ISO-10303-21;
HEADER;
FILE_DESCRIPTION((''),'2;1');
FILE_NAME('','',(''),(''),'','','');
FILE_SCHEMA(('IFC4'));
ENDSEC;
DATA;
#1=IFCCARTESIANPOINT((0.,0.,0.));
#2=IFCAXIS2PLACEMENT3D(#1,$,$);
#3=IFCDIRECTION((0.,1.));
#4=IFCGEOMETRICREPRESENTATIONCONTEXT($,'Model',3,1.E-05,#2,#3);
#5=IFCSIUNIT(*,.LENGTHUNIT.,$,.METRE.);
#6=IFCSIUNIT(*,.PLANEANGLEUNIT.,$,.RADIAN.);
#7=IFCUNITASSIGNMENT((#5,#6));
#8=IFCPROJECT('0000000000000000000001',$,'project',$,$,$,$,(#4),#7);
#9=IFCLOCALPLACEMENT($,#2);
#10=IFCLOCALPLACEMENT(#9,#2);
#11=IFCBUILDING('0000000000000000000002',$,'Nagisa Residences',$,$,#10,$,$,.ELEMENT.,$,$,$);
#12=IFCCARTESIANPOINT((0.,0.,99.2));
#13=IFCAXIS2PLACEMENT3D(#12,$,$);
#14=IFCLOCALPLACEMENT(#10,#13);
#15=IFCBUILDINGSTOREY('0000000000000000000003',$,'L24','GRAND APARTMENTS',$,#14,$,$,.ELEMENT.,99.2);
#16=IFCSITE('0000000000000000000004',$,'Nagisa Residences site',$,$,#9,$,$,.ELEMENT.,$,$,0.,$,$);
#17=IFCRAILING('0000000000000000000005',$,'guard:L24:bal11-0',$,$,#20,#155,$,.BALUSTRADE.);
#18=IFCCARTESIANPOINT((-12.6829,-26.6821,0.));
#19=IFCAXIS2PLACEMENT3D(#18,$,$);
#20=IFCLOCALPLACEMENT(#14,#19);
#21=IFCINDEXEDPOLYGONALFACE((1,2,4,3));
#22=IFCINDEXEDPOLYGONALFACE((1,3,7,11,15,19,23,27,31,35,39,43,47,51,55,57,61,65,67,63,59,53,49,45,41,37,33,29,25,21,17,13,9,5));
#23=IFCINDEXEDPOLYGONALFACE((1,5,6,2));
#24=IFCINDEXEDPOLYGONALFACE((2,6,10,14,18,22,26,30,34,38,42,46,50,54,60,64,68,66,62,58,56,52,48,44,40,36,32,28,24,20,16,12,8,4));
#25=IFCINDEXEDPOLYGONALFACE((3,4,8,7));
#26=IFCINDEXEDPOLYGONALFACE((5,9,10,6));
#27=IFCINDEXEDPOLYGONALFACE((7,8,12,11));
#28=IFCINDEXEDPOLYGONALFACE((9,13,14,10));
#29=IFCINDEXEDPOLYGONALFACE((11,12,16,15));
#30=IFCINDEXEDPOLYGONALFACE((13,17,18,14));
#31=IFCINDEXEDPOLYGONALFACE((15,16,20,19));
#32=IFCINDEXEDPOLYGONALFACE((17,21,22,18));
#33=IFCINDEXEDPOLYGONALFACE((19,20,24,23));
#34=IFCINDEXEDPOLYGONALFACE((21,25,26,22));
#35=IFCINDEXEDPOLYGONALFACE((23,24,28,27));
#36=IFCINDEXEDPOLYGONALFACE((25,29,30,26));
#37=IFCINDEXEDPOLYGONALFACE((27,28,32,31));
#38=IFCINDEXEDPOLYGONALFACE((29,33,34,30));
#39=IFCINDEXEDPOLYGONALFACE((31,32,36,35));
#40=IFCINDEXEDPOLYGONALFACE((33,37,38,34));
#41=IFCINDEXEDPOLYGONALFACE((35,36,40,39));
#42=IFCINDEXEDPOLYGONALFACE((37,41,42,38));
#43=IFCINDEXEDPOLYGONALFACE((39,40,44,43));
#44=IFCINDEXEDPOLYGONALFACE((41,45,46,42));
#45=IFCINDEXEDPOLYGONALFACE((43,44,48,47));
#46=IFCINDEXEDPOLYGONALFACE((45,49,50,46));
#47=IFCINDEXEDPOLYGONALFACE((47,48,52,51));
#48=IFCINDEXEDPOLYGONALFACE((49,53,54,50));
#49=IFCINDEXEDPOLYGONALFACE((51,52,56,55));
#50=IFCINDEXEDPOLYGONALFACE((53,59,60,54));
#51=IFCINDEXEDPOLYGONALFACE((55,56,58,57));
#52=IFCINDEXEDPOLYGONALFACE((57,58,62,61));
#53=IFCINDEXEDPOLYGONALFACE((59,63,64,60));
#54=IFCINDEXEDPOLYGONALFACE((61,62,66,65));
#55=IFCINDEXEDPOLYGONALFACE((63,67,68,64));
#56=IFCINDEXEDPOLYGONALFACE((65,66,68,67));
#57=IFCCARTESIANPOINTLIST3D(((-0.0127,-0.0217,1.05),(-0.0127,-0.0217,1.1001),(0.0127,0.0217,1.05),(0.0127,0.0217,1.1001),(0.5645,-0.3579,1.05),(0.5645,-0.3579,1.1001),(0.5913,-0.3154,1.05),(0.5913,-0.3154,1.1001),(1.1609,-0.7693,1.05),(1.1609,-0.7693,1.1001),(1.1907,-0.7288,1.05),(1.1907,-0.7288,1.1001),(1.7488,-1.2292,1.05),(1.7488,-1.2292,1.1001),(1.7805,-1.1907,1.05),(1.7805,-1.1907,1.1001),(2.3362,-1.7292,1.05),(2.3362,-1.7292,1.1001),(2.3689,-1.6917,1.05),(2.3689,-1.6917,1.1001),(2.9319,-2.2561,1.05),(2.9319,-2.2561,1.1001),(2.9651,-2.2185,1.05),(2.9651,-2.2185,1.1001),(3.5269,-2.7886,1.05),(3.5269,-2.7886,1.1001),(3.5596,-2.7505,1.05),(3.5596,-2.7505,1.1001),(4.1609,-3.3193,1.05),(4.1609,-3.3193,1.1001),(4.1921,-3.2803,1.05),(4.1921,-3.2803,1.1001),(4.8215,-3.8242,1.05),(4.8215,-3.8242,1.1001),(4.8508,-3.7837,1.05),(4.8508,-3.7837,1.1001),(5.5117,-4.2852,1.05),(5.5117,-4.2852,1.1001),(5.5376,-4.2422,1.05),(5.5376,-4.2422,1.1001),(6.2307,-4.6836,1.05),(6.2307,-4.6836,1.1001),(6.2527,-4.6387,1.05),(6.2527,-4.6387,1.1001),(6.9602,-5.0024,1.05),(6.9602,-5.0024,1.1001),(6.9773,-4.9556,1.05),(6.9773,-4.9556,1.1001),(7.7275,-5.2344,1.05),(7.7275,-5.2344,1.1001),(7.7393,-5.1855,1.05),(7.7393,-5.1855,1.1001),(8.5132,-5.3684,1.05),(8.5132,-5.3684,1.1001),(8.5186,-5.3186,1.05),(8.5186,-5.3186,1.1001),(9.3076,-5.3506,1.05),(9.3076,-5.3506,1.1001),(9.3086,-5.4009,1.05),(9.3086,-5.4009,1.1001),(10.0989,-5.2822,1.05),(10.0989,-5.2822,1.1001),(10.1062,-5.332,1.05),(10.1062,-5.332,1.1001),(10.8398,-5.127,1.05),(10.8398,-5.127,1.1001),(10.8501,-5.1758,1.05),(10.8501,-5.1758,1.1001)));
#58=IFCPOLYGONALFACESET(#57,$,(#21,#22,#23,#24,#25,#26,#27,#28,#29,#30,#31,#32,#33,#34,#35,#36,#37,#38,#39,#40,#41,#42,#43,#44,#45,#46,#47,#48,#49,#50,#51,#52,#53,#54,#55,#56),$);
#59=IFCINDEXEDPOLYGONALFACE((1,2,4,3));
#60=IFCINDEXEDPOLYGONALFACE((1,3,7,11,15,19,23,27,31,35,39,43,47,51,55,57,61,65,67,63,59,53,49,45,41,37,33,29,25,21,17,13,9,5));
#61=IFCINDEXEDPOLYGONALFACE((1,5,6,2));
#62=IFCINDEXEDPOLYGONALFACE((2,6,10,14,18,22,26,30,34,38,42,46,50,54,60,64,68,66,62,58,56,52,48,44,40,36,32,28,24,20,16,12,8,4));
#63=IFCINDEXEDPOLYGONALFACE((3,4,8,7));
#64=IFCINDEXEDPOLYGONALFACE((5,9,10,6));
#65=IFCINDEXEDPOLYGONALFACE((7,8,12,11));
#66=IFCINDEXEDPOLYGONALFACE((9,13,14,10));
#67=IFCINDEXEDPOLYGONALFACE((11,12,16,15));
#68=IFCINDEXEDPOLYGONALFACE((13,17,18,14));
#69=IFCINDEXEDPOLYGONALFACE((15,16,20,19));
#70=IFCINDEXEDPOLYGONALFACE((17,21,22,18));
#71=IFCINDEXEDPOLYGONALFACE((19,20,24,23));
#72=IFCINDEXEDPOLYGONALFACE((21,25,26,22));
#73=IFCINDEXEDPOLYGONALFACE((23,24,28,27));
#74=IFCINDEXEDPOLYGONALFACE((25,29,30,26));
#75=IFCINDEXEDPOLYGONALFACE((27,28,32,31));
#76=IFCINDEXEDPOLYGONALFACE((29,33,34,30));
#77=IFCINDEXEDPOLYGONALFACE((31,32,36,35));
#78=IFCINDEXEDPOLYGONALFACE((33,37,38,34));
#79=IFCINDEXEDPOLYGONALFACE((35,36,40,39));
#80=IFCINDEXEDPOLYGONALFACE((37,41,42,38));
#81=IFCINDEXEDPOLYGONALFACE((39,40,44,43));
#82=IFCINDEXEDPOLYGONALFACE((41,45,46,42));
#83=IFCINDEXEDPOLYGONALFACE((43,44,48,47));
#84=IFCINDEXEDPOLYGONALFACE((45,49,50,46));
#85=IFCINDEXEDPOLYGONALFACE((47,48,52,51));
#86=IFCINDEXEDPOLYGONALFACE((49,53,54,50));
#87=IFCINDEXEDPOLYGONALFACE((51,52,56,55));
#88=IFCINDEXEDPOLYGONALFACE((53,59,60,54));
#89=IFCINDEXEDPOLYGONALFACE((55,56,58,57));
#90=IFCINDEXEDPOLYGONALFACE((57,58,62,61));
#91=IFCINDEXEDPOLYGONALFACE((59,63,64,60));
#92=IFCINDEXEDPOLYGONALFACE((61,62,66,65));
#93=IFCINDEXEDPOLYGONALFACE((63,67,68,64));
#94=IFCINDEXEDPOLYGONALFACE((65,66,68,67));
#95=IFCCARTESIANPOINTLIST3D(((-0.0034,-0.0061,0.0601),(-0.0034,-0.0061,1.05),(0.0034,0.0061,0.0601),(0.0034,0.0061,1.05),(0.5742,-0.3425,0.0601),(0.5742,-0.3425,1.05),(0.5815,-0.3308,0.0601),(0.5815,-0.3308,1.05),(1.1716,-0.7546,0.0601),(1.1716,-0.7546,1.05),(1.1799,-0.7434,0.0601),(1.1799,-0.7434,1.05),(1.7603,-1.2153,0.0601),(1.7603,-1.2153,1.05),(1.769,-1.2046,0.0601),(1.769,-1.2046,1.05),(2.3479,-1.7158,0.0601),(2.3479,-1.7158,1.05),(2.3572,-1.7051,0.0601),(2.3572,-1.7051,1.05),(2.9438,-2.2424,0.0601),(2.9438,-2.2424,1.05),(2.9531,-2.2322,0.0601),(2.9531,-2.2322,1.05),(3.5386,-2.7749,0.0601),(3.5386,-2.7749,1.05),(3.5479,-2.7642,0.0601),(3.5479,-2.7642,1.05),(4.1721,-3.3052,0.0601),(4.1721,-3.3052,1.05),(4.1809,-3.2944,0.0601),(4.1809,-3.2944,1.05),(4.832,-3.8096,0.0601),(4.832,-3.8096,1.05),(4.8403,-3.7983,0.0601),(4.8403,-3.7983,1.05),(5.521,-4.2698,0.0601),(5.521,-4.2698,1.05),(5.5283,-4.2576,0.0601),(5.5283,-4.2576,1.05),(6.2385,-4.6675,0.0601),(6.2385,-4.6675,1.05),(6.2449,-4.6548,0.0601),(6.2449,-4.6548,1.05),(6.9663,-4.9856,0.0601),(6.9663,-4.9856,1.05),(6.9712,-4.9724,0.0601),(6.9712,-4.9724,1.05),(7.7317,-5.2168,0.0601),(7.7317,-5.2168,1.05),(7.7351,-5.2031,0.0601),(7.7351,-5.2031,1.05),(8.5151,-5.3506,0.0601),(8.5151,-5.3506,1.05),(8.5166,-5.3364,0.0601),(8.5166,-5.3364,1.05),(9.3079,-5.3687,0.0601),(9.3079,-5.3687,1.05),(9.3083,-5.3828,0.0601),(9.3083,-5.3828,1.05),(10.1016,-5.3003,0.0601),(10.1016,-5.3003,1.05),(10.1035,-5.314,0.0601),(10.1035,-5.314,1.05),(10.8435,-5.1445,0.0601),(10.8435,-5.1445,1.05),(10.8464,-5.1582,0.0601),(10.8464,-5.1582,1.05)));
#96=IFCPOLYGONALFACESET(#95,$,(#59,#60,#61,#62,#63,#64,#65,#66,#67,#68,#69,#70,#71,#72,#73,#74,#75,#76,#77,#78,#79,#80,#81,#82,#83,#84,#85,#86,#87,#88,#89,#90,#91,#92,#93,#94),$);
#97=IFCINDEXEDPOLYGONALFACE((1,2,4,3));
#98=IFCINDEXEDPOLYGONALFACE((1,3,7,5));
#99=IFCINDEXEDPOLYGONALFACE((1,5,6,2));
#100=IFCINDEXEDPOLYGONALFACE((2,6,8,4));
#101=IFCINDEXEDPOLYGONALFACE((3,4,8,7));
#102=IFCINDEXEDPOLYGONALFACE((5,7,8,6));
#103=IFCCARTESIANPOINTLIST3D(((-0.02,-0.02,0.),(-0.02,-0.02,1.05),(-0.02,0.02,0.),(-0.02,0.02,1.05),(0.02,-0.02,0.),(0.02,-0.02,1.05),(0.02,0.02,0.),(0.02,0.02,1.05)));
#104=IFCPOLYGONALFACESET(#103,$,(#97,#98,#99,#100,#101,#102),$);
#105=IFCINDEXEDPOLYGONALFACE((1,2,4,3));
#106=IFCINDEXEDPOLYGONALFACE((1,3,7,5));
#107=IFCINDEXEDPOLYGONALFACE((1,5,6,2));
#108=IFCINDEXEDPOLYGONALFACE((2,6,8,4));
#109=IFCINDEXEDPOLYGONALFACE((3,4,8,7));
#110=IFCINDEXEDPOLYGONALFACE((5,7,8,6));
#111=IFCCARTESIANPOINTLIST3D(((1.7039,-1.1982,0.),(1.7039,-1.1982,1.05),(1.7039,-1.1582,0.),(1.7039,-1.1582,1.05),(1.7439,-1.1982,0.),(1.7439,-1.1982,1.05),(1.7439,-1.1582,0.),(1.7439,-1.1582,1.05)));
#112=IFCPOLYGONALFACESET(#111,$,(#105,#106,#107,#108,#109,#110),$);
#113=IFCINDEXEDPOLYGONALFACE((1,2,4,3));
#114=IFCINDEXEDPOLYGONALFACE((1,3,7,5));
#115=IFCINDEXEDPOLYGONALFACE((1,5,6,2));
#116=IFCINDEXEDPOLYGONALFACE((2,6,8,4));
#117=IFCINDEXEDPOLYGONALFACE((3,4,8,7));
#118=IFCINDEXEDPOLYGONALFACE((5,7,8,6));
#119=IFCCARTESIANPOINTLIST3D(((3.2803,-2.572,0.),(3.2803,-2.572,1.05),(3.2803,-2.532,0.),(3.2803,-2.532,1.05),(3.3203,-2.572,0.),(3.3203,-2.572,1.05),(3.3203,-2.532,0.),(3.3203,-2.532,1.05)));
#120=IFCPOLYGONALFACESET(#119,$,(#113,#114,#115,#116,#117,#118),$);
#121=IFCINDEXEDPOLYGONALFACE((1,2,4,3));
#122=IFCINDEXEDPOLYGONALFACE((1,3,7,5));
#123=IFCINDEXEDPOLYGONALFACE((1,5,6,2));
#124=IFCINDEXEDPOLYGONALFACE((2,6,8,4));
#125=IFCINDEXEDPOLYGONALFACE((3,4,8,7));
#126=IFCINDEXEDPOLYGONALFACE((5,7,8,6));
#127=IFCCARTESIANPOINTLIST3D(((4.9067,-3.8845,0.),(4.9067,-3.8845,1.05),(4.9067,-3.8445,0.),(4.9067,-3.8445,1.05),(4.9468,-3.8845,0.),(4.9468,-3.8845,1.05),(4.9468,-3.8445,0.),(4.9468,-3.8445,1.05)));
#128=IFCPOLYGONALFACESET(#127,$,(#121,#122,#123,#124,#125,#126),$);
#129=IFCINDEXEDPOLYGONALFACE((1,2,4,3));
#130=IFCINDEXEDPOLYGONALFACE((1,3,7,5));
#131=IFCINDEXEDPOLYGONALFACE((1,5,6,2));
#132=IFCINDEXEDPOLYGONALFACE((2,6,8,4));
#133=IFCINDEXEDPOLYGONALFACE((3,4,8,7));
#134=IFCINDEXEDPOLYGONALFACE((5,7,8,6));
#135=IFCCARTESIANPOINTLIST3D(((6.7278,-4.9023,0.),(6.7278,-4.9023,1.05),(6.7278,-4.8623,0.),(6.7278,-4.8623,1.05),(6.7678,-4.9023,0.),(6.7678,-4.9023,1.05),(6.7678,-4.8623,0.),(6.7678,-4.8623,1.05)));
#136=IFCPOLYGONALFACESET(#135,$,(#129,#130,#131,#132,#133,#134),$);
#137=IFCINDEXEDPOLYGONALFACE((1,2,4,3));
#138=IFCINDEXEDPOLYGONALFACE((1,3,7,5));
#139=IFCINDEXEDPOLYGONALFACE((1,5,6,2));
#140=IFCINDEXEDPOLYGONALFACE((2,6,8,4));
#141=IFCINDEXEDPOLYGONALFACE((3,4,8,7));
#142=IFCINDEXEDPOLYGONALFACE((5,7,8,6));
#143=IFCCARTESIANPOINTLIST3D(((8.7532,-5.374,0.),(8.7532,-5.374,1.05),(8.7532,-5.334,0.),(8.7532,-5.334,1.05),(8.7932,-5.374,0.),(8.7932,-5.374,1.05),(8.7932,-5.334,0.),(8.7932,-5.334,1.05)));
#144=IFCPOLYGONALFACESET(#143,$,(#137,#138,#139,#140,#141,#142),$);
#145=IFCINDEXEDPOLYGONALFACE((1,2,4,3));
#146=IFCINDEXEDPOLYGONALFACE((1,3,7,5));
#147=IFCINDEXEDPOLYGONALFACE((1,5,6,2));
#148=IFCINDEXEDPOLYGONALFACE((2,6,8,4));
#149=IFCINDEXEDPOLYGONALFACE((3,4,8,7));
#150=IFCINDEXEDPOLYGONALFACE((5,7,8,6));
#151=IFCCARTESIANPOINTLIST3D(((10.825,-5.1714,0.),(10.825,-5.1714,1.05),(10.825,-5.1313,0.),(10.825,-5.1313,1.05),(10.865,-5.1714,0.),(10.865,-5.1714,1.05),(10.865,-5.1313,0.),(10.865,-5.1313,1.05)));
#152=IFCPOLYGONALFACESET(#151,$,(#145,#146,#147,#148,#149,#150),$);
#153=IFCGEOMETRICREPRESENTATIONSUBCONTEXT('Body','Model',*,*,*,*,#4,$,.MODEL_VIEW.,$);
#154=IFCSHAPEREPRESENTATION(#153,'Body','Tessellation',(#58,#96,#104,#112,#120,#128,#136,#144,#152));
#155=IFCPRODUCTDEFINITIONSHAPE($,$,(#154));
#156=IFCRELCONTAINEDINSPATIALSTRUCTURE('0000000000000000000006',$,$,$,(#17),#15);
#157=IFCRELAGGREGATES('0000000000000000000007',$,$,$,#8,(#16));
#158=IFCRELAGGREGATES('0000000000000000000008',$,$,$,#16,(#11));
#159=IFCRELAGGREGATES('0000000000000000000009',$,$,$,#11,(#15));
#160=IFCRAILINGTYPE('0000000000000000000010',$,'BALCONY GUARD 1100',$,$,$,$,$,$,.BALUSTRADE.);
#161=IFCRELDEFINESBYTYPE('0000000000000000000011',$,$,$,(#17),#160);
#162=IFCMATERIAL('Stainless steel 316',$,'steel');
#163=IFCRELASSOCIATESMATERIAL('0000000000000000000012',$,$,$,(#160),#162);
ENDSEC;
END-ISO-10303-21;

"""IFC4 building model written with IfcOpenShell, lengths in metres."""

from ifc_helpers import new_model, si_unit, direction, frame, origin, origin_2d, place, context, subcontext, project, spatial, polyline, rectangle, outline, extrude, material, type_object, element, save


model = new_model("IFC4")

# Units and contexts
model_context = context("Model", 3, precision=1e-05, world=origin(), true_north=direction((0.0, 1.0)))
body_context = subcontext(model_context, "Body", "Model", "MODEL_VIEW")
ifc_project = project(units=[si_unit("LENGTHUNIT", "METRE"), si_unit("PLANEANGLEUNIT", "RADIAN")], contexts=[model_context])

# Site, building, storey
site_placement = place(None, origin())
site = spatial("IfcSite", under=ifc_project, at=site_placement, Name="Nagisa Residences site", CompositionType="ELEMENT", RefElevation=0.0)
building_placement = place(site_placement, origin())
building = spatial("IfcBuilding", under=site, at=building_placement, Name="Nagisa Residences", CompositionType="ELEMENT")
storey_placement = place(building_placement, frame((0.0, 0.0, 99.2)))
storey = spatial("IfcBuildingStorey", under=building, at=storey_placement, Name="L24", Description="GRAND APARTMENTS", CompositionType="ELEMENT", Elevation=99.2)

# Railing
ifc_material_1 = material(Name="Stainless steel 316", Category="steel")
railing_type = type_object("IfcRailingType", Name="BALCONY GUARD 1100", PredefinedType="BALUSTRADE", material=ifc_material_1)
railing_1_placement = place(storey_placement, frame((-12.6829, -26.6821, 0.0)))
element("IfcRailing", 1, at=railing_1_placement, inside=storey, type_object=railing_type, Name="guard:L24:bal11-0", PredefinedType="BALUSTRADE", context=body_context, shape_type="SweptSolid", body=[
    extrude(outline(polyline([(0.5913, -0.3154), (0.0127, 0.0217), (-0.0127, -0.0217), (0.5645, -0.3579), (1.1609, -0.7693), (1.7488, -1.2292), (2.3362, -1.7292), (2.9319, -2.2561), (3.5269, -2.7886), (4.1609, -3.3193), (4.8215, -3.8242), (5.5117, -4.2852), (6.2307, -4.6836), (6.9602, -5.0024), (7.7275, -5.2344), (8.5132, -5.3684), (9.3086, -5.4009), (10.1062, -5.332), (10.8501, -5.1758), (10.8398, -5.127), (10.0989, -5.2822), (9.3076, -5.3506), (8.5186, -5.3186), (7.7393, -5.1855), (6.9773, -4.9556), (6.2527, -4.6387), (5.5376, -4.2422), (4.8508, -3.7837), (4.1921, -3.2803), (3.5596, -2.7505), (2.9651, -2.2185), (2.3689, -1.6917), (1.7805, -1.1907), (1.1907, -0.7288), (0.5913, -0.3154)])), frame((0.0, 0.0, 1.05)), (0.0, 0.0, 1.0), 0.05),
    extrude(outline(polyline([(0.5815, -0.3308), (0.0034, 0.0061), (-0.0034, -0.0061), (0.5742, -0.3425), (1.1716, -0.7546), (1.7603, -1.2153), (2.3479, -1.7158), (2.9438, -2.2424), (3.5386, -2.7749), (4.1721, -3.3052), (4.832, -3.8096), (5.521, -4.2698), (6.2385, -4.6675), (6.9663, -4.9856), (7.7317, -5.2168), (8.5151, -5.3506), (9.3083, -5.3828), (10.1035, -5.314), (10.8464, -5.1582), (10.8435, -5.1445), (10.1016, -5.3003), (9.3079, -5.3687), (8.5166, -5.3364), (7.7351, -5.2031), (6.9712, -4.9724), (6.2449, -4.6548), (5.5283, -4.2576), (4.8403, -3.7983), (4.1809, -3.2944), (3.5479, -2.7642), (2.9531, -2.2322), (2.3572, -1.7051), (1.769, -1.2046), (1.1799, -0.7434), (0.5815, -0.3308)])), frame((0.0, 0.0, 0.0601)), (0.0, 0.0, 1.0), 0.99),
    extrude(rectangle(XDim=0.04, YDim=0.04, at=origin_2d()), origin(), (0.0, 0.0, 1.0), 1.05),
    extrude(rectangle(XDim=0.04, YDim=0.04, at=origin_2d()), frame((1.7239, -1.1782, 0.0)), (0.0, 0.0, 1.0), 1.05),
    extrude(rectangle(XDim=0.04, YDim=0.04, at=origin_2d()), frame((3.3003, -2.552, 0.0)), (0.0, 0.0, 1.0), 1.05),
    extrude(rectangle(XDim=0.04, YDim=0.04, at=origin_2d()), frame((4.9268, -3.8645, 0.0)), (0.0, 0.0, 1.0), 1.05),
    extrude(rectangle(XDim=0.04, YDim=0.04, at=origin_2d()), frame((6.7478, -4.8823, 0.0)), (0.0, 0.0, 1.0), 1.05),
    extrude(rectangle(XDim=0.04, YDim=0.04, at=origin_2d()), frame((8.7732, -5.354, 0.0)), (0.0, 0.0, 1.0), 1.05),
    extrude(rectangle(XDim=0.04, YDim=0.04, at=origin_2d()), frame((10.845, -5.1514, 0.0)), (0.0, 0.0, 1.0), 1.05),
])

save(model, "model.ifc")
